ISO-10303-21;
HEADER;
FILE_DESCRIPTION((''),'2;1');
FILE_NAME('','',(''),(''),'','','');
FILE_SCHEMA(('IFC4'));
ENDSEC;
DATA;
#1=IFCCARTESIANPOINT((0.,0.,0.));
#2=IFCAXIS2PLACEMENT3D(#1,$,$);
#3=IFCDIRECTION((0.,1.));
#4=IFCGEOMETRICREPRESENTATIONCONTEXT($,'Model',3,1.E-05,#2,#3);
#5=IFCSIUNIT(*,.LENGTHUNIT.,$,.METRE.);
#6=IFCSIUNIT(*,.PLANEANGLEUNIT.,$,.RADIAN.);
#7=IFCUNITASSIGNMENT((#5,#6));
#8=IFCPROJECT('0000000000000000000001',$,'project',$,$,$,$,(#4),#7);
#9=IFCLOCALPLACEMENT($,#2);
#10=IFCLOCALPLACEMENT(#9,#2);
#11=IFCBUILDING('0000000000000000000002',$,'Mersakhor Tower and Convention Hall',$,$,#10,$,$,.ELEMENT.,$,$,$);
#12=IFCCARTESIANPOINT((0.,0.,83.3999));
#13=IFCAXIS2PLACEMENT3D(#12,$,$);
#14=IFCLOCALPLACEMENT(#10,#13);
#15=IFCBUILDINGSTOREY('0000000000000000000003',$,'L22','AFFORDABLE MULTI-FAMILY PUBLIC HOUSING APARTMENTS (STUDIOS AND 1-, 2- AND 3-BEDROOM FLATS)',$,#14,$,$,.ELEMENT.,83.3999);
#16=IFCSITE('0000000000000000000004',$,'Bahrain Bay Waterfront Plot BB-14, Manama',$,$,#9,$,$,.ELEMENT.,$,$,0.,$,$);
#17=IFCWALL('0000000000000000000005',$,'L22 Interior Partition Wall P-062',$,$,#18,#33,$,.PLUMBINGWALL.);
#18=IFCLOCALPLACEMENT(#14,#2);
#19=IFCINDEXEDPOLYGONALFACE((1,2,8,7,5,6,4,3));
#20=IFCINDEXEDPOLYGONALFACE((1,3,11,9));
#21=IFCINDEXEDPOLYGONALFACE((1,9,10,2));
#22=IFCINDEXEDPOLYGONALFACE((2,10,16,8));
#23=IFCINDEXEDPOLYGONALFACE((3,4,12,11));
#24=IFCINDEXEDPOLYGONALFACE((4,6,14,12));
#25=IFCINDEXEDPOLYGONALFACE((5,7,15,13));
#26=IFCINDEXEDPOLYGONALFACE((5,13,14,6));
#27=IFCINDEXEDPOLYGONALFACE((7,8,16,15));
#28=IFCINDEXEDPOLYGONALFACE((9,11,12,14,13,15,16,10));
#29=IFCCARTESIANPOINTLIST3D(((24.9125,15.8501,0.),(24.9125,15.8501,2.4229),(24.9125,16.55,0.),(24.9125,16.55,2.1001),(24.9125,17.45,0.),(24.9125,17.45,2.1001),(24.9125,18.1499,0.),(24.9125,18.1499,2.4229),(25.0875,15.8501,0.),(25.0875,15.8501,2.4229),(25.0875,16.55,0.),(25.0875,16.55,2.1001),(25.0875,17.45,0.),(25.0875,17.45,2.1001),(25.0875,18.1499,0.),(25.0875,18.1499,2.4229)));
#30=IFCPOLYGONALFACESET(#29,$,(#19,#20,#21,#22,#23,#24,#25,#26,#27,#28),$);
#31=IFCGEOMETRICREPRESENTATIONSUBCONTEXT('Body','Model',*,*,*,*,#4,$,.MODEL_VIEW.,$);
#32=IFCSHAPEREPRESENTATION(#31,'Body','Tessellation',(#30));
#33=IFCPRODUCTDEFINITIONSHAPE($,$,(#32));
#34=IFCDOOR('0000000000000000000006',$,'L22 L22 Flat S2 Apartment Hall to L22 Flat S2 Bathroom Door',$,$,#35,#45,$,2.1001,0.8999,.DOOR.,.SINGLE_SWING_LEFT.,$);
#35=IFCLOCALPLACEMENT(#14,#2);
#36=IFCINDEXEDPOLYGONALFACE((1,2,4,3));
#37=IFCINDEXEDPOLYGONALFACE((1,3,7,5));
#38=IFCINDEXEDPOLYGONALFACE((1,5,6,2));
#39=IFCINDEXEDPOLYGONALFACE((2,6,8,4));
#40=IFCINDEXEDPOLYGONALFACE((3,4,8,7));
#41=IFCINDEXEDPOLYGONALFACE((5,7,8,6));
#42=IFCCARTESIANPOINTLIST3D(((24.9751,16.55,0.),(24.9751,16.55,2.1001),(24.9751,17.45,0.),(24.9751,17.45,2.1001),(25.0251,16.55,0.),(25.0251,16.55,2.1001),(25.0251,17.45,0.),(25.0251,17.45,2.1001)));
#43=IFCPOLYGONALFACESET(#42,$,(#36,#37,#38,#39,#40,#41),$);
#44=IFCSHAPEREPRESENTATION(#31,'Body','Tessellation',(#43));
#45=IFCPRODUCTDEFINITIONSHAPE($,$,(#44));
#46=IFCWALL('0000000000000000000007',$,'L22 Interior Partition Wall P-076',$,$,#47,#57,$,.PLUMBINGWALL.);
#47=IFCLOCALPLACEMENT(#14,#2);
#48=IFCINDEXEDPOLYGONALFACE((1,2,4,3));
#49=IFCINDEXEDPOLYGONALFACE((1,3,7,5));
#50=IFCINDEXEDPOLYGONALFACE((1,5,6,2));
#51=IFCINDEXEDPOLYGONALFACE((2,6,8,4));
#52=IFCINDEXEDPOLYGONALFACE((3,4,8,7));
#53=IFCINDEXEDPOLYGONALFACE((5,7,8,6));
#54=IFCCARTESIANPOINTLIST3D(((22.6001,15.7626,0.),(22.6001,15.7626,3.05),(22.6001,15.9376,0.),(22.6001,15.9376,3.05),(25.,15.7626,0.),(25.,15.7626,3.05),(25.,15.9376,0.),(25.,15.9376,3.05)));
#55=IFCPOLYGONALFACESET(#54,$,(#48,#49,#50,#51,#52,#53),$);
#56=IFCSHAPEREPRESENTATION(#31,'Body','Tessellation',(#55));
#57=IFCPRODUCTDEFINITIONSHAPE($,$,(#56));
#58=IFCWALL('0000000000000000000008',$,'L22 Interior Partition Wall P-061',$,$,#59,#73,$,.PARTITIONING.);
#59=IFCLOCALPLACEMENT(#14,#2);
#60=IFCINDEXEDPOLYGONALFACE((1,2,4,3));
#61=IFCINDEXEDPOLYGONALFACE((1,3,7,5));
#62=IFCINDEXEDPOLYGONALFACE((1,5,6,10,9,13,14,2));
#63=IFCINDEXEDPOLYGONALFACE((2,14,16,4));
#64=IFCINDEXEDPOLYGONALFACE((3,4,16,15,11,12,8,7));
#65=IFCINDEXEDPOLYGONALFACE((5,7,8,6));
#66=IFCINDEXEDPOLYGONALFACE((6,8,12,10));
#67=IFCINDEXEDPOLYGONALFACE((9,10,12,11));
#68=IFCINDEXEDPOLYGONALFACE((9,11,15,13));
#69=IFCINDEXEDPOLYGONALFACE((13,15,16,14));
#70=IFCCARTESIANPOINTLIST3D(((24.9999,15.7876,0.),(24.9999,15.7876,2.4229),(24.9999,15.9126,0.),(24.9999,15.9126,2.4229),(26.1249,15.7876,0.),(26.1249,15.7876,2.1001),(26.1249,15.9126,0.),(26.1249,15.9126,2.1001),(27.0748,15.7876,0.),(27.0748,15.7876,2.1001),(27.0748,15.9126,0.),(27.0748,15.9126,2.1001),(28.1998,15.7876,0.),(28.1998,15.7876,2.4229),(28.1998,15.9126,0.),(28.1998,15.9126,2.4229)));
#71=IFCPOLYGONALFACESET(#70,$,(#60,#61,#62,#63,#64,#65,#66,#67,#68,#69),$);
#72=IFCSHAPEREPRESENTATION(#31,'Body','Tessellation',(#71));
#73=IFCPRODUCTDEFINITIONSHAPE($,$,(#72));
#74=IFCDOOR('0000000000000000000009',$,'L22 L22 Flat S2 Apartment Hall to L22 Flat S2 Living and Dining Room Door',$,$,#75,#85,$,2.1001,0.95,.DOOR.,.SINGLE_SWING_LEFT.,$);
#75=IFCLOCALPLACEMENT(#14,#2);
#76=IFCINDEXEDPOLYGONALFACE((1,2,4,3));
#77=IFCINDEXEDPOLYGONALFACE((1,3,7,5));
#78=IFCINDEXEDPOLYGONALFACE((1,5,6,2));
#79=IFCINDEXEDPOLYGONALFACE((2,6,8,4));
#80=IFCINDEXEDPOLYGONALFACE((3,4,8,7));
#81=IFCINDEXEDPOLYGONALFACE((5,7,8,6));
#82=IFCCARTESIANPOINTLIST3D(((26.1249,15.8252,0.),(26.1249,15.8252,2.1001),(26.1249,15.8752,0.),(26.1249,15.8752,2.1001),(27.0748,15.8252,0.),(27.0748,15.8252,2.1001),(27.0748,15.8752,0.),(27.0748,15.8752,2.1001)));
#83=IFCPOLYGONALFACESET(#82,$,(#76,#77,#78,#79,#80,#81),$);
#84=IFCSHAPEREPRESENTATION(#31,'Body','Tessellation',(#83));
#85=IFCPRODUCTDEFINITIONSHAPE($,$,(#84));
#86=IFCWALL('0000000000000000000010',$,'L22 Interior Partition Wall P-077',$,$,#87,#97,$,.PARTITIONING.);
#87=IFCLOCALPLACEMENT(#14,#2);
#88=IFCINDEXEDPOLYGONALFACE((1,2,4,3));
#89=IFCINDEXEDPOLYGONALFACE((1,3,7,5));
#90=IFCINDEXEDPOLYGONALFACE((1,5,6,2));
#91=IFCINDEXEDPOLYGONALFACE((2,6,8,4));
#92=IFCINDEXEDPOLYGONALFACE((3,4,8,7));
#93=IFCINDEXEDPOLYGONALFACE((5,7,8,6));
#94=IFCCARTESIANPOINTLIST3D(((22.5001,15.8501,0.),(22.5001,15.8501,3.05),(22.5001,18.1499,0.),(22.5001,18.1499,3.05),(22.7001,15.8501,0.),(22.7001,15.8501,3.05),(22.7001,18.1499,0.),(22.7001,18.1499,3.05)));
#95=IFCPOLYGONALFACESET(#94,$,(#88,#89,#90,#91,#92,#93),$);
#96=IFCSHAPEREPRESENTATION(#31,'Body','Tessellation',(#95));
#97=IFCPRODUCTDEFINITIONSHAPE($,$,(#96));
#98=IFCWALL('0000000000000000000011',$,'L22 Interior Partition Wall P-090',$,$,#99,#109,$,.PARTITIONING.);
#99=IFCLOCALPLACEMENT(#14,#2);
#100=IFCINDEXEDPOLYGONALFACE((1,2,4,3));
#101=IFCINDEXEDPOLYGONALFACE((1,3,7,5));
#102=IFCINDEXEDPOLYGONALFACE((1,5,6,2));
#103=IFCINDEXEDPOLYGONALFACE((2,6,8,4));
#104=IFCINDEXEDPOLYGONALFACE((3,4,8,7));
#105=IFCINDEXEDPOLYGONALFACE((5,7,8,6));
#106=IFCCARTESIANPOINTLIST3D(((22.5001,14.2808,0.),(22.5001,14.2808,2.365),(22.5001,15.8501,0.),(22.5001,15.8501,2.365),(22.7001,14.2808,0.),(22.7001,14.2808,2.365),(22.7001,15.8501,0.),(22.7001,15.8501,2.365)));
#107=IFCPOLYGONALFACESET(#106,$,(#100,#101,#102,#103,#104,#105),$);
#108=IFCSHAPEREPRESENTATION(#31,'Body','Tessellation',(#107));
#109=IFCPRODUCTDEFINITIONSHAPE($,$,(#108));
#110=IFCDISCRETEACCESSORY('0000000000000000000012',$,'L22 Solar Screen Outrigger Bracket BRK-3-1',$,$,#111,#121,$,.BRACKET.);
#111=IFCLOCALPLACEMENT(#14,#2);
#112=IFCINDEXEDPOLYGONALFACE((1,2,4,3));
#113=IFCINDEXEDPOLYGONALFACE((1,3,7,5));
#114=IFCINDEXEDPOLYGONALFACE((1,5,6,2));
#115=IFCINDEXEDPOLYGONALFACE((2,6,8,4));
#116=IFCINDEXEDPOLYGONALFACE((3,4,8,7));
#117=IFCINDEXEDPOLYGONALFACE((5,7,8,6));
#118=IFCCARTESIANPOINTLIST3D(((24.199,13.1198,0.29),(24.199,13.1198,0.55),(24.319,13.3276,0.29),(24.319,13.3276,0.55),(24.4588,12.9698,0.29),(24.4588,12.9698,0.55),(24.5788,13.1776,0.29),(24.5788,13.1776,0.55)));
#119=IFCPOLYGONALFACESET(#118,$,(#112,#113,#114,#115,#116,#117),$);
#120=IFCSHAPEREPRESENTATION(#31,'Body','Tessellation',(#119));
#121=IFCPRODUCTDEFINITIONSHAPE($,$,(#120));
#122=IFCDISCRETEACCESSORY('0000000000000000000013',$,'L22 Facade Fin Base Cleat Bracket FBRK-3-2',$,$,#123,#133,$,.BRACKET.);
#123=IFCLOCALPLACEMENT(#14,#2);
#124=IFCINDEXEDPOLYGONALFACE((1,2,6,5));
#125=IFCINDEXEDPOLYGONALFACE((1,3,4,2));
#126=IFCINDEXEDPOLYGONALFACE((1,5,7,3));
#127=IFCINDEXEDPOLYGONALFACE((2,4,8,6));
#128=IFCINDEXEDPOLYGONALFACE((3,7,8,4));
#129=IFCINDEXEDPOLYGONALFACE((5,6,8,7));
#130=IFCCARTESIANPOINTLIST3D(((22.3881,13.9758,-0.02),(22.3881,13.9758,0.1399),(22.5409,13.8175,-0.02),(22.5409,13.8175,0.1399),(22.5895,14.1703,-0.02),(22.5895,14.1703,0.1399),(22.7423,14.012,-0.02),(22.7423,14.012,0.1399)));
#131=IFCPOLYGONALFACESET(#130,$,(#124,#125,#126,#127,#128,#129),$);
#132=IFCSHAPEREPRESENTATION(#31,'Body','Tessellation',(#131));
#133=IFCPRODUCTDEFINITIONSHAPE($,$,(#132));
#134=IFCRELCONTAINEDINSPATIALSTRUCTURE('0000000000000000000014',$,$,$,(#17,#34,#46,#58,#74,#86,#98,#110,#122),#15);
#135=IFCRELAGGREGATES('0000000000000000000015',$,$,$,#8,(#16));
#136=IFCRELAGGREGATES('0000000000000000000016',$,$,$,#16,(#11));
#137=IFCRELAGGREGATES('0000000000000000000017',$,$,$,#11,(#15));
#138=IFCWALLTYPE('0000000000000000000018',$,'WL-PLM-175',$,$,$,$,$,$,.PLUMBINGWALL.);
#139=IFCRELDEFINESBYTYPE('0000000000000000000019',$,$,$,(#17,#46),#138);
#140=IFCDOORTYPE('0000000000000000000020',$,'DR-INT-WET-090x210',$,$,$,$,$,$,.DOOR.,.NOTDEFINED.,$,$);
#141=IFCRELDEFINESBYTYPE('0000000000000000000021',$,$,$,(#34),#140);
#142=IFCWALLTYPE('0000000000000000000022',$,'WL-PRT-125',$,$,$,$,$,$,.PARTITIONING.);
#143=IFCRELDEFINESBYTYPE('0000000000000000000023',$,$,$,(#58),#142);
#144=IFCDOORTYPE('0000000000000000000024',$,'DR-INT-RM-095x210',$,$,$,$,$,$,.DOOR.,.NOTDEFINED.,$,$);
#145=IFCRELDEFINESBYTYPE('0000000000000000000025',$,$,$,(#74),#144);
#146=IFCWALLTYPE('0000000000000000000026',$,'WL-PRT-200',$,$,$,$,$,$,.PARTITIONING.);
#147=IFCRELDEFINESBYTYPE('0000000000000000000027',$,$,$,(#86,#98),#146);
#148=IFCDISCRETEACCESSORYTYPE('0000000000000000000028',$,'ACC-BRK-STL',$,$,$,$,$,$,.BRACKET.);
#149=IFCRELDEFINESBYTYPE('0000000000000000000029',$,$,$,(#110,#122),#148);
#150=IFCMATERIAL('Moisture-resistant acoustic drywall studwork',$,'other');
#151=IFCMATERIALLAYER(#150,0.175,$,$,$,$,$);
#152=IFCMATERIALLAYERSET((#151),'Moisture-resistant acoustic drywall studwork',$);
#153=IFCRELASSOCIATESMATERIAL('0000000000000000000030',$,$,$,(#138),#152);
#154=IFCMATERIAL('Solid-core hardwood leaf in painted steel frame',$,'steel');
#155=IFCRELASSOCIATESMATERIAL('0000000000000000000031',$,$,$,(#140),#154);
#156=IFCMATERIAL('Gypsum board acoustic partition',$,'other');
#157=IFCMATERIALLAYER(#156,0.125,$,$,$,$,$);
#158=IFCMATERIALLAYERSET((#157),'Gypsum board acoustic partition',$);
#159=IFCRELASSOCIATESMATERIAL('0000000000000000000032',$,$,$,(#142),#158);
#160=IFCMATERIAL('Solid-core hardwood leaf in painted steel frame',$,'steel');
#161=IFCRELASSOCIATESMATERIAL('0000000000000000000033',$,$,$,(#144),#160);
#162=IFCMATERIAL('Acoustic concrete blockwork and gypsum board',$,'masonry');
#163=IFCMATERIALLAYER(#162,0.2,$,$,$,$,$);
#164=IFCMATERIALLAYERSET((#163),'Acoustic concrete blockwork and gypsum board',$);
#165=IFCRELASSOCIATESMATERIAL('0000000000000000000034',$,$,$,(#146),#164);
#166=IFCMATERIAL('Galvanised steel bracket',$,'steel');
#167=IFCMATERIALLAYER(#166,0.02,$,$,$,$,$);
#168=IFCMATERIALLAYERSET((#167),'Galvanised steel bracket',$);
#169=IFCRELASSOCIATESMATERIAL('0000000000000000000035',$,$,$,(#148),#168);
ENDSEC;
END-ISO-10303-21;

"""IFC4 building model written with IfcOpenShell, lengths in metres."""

from ifc_helpers import new_model, si_unit, direction, frame, frame_2d, origin, origin_2d, place, context, subcontext, project, spatial, rectangle, extrude, material, layer, layer_set, type_object, element, fill, save


model = new_model("IFC4")

# Units and contexts
model_context = context("Model", 3, precision=1e-05, world=origin(), true_north=direction((0.0, 1.0)))
body_context = subcontext(model_context, "Body", "Model", "MODEL_VIEW")
ifc_project = project(units=[si_unit("LENGTHUNIT", "METRE"), si_unit("PLANEANGLEUNIT", "RADIAN")], contexts=[model_context])

# Site, building, storey
site_placement = place(None, origin())
site = spatial("IfcSite", under=ifc_project, at=site_placement, Name="Bahrain Bay Waterfront Plot BB-14, Manama", CompositionType="ELEMENT", RefElevation=0.0)
building_placement = place(site_placement, origin())
building = spatial("IfcBuilding", under=site, at=building_placement, Name="Mersakhor Tower and Convention Hall", CompositionType="ELEMENT")
storey_placement = place(building_placement, frame((0.0, 0.0, 83.3999)))
storey = spatial("IfcBuildingStorey", under=building, at=storey_placement, Name="L22", Description="AFFORDABLE MULTI-FAMILY PUBLIC HOUSING APARTMENTS (STUDIOS AND 1-, 2- AND 3-BEDROOM FLATS)", CompositionType="ELEMENT", Elevation=83.3999)

# Wall, opening, door
ifc_material_1 = material(Name="Moisture-resistant acoustic drywall studwork", Category="other")
ifc_layer_1 = layer(ifc_material_1, 0.175)
ifc_layer_set_1 = layer_set([ifc_layer_1], Name="Moisture-resistant acoustic drywall studwork")
wall_type_1 = type_object("IfcWallType", Name="WL-PLM-175", PredefinedType="PLUMBINGWALL", material=ifc_layer_set_1)
wall_1_placement = place(storey_placement, frame((25.0, 15.8501, 0.0), z_axis=(0.0, 0.0, 1.0), x_axis=(0.0, 1.0, 0.0)))
wall_1 = element("IfcWall", 1, at=wall_1_placement, inside=storey, type_object=wall_type_1, Name="L22 Interior Partition Wall P-062", PredefinedType="PLUMBINGWALL", context=body_context, shape_type="SweptSolid", body=[
    extrude(rectangle(XDim=2.2998, YDim=0.175, at=frame_2d((1.1499, 0.0))), origin(), (0.0, 0.0, 1.0), 2.4229),
])
opening_1_placement = place(wall_1_placement, frame((0.7, 0.0, 0.0)))
opening_1 = element("IfcOpeningElement", 2, at=opening_1_placement, cuts=wall_1, PredefinedType="OPENING", context=body_context, shape_type="SweptSolid", body=[
    extrude(rectangle(XDim=0.8999, YDim=2.1001, at=frame_2d((0.45, 1.05))), frame((0.0, 0.0974, 0.0), z_axis=(0.0, -1.0, 0.0), x_axis=(1.0, 0.0, 0.0)), (0.0, 0.0, 1.0), 0.1951),
])
ifc_material_2 = material(Name="Solid-core hardwood leaf in painted steel frame", Category="steel")
door_type_1 = type_object("IfcDoorType", Name="DR-INT-WET-090x210", OperationType="NOTDEFINED", PredefinedType="DOOR", material=ifc_material_2)
door_1_placement = place(opening_1_placement, origin())
door_1 = element("IfcDoor", 3, at=door_1_placement, inside=storey, type_object=door_type_1, Name="L22 L22 Flat S2 Apartment Hall to L22 Flat S2 Bathroom Door", OperationType="SINGLE_SWING_LEFT", OverallHeight=2.1001, OverallWidth=0.8999, PredefinedType="DOOR", context=body_context, shape_type="SweptSolid", body=[
    extrude(rectangle(XDim=0.8999, YDim=2.1001, at=frame_2d((0.45, 1.05))), frame((0.0, 0.0249, 0.0), z_axis=(0.0, -1.0, 0.0), x_axis=(1.0, 0.0, 0.0)), (0.0, 0.0, 1.0), 0.05),
])
fill(opening_1, door_1)

# Wall
wall_2_placement = place(storey_placement, frame((25.0, 15.8501, 0.0), z_axis=(0.0, 0.0, 1.0), x_axis=(-1.0, 0.0, 0.0)))
element("IfcWall", 4, at=wall_2_placement, inside=storey, type_object=wall_type_1, Name="L22 Interior Partition Wall P-076", PredefinedType="PLUMBINGWALL", context=body_context, shape_type="SweptSolid", body=[
    extrude(rectangle(XDim=2.3999, YDim=0.175, at=frame_2d((1.2, 0.0))), origin(), (0.0, 0.0, 1.0), 3.05),
])

# Wall, opening, door
ifc_material_3 = material(Name="Gypsum board acoustic partition", Category="other")
ifc_layer_2 = layer(ifc_material_3, 0.125)
ifc_layer_set_2 = layer_set([ifc_layer_2], Name="Gypsum board acoustic partition")
wall_type_2 = type_object("IfcWallType", Name="WL-PRT-125", PredefinedType="PARTITIONING", material=ifc_layer_set_2)
wall_3_placement = place(storey_placement, frame((28.2, 15.8501, 0.0), z_axis=(0.0, 0.0, 1.0), x_axis=(-1.0, 0.0, 0.0)))
wall_3 = element("IfcWall", 5, at=wall_3_placement, inside=storey, type_object=wall_type_2, Name="L22 Interior Partition Wall P-061", PredefinedType="PARTITIONING", context=body_context, shape_type="SweptSolid", body=[
    extrude(rectangle(XDim=3.2, YDim=0.125, at=frame_2d((1.6001, 0.0))), origin(), (0.0, 0.0, 1.0), 2.4229),
])
opening_2_placement = place(wall_3_placement, frame((1.125, 0.0, 0.0)))
opening_2 = element("IfcOpeningElement", 6, at=opening_2_placement, cuts=wall_3, PredefinedType="OPENING", context=body_context, shape_type="SweptSolid", body=[
    extrude(rectangle(XDim=0.95, YDim=2.1001, at=frame_2d((0.4751, 1.05))), frame((0.0, 0.0725, 0.0), z_axis=(0.0, -1.0, 0.0), x_axis=(1.0, 0.0, 0.0)), (0.0, 0.0, 1.0), 0.145),
])
ifc_material_4 = material(Name="Solid-core hardwood leaf in painted steel frame", Category="steel")
door_type_2 = type_object("IfcDoorType", Name="DR-INT-RM-095x210", OperationType="NOTDEFINED", PredefinedType="DOOR", material=ifc_material_4)
door_2_placement = place(opening_2_placement, origin())
door_2 = element("IfcDoor", 7, at=door_2_placement, inside=storey, type_object=door_type_2, Name="L22 L22 Flat S2 Apartment Hall to L22 Flat S2 Living and Dining Room Door", OperationType="SINGLE_SWING_LEFT", OverallHeight=2.1001, OverallWidth=0.95, PredefinedType="DOOR", context=body_context, shape_type="SweptSolid", body=[
    extrude(rectangle(XDim=0.95, YDim=2.1001, at=frame_2d((0.4751, 1.05))), frame((0.0, 0.0249, 0.0), z_axis=(0.0, -1.0, 0.0), x_axis=(1.0, 0.0, 0.0)), (0.0, 0.0, 1.0), 0.05),
])
fill(opening_2, door_2)
ifc_material_5 = material(Name="Acoustic concrete blockwork and gypsum board", Category="masonry")
ifc_layer_3 = layer(ifc_material_5, 0.2)
ifc_layer_set_3 = layer_set([ifc_layer_3], Name="Acoustic concrete blockwork and gypsum board")
wall_type_3 = type_object("IfcWallType", Name="WL-PRT-200", PredefinedType="PARTITIONING", material=ifc_layer_set_3)

# Walls
wall_4_placement = place(storey_placement, frame((22.6001, 15.8501, 0.0), z_axis=(0.0, 0.0, 1.0), x_axis=(0.0, 1.0, 0.0)))
element("IfcWall", 8, at=wall_4_placement, inside=storey, type_object=wall_type_3, Name="L22 Interior Partition Wall P-077", PredefinedType="PARTITIONING", context=body_context, shape_type="SweptSolid", body=[
    extrude(rectangle(XDim=2.2998, YDim=0.2, at=frame_2d((1.1499, 0.0))), origin(), (0.0, 0.0, 1.0), 3.05),
])
wall_5_placement = place(storey_placement, frame((22.6001, 15.8501, 0.0), z_axis=(0.0, 0.0, 1.0), x_axis=(0.0, -1.0, 0.0)))
element("IfcWall", 9, at=wall_5_placement, inside=storey, type_object=wall_type_3, Name="L22 Interior Partition Wall P-090", PredefinedType="PARTITIONING", context=body_context, shape_type="SweptSolid", body=[
    extrude(rectangle(XDim=1.5693, YDim=0.2, at=frame_2d((0.7847, 0.0))), origin(), (0.0, 0.0, 1.0), 2.365),
])

# Discrete accessories
ifc_material_6 = material(Name="Galvanised steel bracket", Category="steel")
ifc_layer_4 = layer(ifc_material_6, 0.02)
ifc_layer_set_4 = layer_set([ifc_layer_4], Name="Galvanised steel bracket")
discrete_accessory_type = type_object("IfcDiscreteAccessoryType", Name="ACC-BRK-STL", PredefinedType="BRACKET", material=ifc_layer_set_4)
discrete_accessory_1_placement = place(storey_placement, frame((24.3889, 13.1487, 0.29), z_axis=(0.0, 0.0, 1.0), x_axis=(-0.866025, 0.5, 0.0)))
element("IfcDiscreteAccessory", 10, at=discrete_accessory_1_placement, inside=storey, type_object=discrete_accessory_type, Name="L22 Solar Screen Outrigger Bracket BRK-3-1", PredefinedType="BRACKET", context=body_context, shape_type="SweptSolid", body=[
    extrude(rectangle(XDim=0.3, YDim=0.24, at=origin_2d()), origin(), (0.0, 0.0, 1.0), 0.26),
])
discrete_accessory_2_placement = place(storey_placement, frame((22.5652, 13.9939, -0.02), z_axis=(0.0, 0.0, 1.0), x_axis=(-0.71934, -0.694658, 0.0)))
element("IfcDiscreteAccessory", 11, at=discrete_accessory_2_placement, inside=storey, type_object=discrete_accessory_type, Name="L22 Facade Fin Base Cleat Bracket FBRK-3-2", PredefinedType="BRACKET", context=body_context, shape_type="SweptSolid", body=[
    extrude(rectangle(XDim=0.28, YDim=0.22, at=origin_2d()), origin(), (0.0, 0.0, 1.0), 0.1599),
])

save(model, "model.ifc")
